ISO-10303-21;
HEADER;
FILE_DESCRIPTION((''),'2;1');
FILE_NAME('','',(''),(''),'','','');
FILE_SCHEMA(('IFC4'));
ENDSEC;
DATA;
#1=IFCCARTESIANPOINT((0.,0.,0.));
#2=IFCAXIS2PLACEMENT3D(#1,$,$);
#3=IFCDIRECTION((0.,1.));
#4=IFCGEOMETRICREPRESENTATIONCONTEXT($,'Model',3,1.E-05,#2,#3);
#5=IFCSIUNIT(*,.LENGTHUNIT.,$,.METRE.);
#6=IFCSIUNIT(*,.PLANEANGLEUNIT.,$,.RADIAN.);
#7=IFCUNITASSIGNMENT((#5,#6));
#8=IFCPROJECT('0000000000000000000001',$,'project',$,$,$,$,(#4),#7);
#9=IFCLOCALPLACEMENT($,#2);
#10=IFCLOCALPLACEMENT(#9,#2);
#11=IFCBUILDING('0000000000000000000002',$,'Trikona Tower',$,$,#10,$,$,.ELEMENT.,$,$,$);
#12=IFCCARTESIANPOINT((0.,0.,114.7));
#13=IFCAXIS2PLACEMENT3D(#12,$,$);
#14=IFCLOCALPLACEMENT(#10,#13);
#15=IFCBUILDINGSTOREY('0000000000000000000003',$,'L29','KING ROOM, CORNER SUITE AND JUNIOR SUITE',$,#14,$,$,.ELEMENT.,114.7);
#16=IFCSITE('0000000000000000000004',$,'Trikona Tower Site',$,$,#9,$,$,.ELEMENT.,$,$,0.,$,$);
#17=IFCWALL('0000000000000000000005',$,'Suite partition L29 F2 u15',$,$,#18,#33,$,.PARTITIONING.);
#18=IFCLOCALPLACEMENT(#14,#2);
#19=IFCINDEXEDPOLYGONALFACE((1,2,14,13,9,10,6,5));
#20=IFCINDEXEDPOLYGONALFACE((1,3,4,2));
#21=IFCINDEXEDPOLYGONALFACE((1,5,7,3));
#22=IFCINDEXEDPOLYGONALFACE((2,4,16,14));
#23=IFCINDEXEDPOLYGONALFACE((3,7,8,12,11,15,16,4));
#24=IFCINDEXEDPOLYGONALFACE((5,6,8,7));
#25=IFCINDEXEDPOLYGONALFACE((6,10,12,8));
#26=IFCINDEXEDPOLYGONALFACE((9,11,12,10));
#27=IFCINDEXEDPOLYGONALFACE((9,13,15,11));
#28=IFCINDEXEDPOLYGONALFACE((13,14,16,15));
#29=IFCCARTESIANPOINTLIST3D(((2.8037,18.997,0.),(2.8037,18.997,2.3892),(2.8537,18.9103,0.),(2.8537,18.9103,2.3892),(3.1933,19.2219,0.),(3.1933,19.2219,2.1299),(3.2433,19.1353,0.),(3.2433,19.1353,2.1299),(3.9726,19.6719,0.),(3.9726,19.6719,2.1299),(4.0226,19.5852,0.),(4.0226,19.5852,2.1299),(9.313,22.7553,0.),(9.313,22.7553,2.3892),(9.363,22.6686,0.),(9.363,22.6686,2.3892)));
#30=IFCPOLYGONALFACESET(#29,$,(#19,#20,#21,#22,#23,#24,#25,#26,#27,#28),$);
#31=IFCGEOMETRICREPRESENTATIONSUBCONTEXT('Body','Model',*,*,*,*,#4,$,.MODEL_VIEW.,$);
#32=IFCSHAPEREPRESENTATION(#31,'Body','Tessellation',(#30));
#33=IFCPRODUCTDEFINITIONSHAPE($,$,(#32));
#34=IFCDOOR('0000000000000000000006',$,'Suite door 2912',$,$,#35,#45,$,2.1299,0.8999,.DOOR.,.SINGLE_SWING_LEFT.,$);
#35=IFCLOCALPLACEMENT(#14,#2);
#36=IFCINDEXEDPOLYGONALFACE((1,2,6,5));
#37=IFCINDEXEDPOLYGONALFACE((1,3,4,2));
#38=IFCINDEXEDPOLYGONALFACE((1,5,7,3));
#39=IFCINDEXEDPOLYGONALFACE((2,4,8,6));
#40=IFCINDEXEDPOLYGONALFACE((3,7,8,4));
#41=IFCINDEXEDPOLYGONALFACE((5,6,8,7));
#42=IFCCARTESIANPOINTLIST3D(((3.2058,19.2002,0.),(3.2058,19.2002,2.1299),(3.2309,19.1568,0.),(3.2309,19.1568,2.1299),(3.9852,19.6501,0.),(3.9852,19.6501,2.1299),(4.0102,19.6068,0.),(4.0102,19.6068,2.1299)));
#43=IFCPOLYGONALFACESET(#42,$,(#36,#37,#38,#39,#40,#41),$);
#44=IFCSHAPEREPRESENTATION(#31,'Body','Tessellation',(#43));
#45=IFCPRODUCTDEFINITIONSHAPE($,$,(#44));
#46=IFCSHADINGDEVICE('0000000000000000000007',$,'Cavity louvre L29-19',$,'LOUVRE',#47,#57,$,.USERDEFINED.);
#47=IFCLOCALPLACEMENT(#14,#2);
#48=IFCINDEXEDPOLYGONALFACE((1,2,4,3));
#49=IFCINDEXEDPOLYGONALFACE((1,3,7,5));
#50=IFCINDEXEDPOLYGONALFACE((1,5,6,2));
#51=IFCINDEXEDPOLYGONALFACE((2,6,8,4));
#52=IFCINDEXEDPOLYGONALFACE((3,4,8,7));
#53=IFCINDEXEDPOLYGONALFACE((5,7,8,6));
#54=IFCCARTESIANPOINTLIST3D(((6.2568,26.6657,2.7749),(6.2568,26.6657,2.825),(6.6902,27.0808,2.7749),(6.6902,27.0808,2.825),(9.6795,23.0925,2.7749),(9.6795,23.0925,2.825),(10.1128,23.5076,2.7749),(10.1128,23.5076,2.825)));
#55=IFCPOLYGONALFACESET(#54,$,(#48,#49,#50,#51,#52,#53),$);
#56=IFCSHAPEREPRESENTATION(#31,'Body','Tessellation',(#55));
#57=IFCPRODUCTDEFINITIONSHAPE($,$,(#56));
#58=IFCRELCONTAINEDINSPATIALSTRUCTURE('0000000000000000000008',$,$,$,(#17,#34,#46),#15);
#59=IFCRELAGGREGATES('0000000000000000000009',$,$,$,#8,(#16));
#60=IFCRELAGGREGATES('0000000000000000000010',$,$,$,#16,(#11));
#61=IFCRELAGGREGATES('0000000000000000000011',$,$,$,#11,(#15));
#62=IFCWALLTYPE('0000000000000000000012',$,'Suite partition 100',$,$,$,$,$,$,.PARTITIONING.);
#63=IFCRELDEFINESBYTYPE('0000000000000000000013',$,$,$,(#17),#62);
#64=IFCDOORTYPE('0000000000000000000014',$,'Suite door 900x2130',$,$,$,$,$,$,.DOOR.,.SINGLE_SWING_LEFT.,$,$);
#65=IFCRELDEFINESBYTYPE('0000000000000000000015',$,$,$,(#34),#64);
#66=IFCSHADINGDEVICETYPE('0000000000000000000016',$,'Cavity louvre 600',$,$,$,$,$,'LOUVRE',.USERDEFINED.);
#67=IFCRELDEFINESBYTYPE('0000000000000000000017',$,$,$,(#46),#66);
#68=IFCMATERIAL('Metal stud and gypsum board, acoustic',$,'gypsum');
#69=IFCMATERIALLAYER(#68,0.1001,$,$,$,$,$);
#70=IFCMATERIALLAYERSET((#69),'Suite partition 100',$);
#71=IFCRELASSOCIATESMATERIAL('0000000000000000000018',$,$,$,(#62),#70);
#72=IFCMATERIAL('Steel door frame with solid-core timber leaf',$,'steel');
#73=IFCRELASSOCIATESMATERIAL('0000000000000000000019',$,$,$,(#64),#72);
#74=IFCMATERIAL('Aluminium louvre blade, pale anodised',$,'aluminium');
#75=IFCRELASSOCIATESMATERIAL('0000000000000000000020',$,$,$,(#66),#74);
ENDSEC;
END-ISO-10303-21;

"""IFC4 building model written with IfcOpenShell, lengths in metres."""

from ifc_helpers import new_model, si_unit, direction, frame, frame_2d, origin, origin_2d, place, context, subcontext, project, spatial, rectangle, extrude, material, layer, layer_set, type_object, element, fill, save


model = new_model("IFC4")

# Units and contexts
model_context = context("Model", 3, precision=1e-05, world=origin(), true_north=direction((0.0, 1.0)))
body_context = subcontext(model_context, "Body", "Model", "MODEL_VIEW")
ifc_project = project(units=[si_unit("LENGTHUNIT", "METRE"), si_unit("PLANEANGLEUNIT", "RADIAN")], contexts=[model_context])

# Site, building, storey
site_placement = place(None, origin())
site = spatial("IfcSite", under=ifc_project, at=site_placement, Name="Trikona Tower Site", CompositionType="ELEMENT", RefElevation=0.0)
building_placement = place(site_placement, origin())
building = spatial("IfcBuilding", under=site, at=building_placement, Name="Trikona Tower", CompositionType="ELEMENT")
storey_placement = place(building_placement, frame((0.0, 0.0, 114.7)))
storey = spatial("IfcBuildingStorey", under=building, at=storey_placement, Name="L29", Description="KING ROOM, CORNER SUITE AND JUNIOR SUITE", CompositionType="ELEMENT", Elevation=114.7)

# Wall, opening, door
ifc_material_1 = material(Name="Metal stud and gypsum board, acoustic", Category="gypsum")
ifc_layer_1 = layer(ifc_material_1, 0.1001)
ifc_layer_set_1 = layer_set([ifc_layer_1], Name="Suite partition 100")
wall_type_1 = type_object("IfcWallType", Name="Suite partition 100", PredefinedType="PARTITIONING", material=ifc_layer_set_1)
wall_1_placement = place(storey_placement, frame((2.8286, 18.9536, 0.0), z_axis=(0.0, 0.0, 1.0), x_axis=(0.866016, 0.500017, 0.0)))
wall_1 = element("IfcWall", 1, at=wall_1_placement, inside=storey, type_object=wall_type_1, Name="Suite partition L29 F2 u15", PredefinedType="PARTITIONING", context=body_context, shape_type="SweptSolid", body=[
    extrude(rectangle(XDim=7.5164, YDim=0.1001, at=frame_2d((3.7583, 0.0))), origin(), (0.0, 0.0, 1.0), 2.3892),
])
opening_1_placement = place(wall_1_placement, frame((0.45, 0.0, 0.0)))
opening_1 = element("IfcOpeningElement", 2, at=opening_1_placement, cuts=wall_1, PredefinedType="OPENING", context=body_context, shape_type="SweptSolid", body=[
    extrude(rectangle(XDim=0.8999, YDim=2.1299, at=frame_2d((0.45, 1.0649))), frame((0.0, 0.0601, 0.0), z_axis=(0.0, -1.0, 0.0), x_axis=(1.0, 0.0, 0.0)), (0.0, 0.0, 1.0), 0.1201),
])
ifc_material_2 = material(Name="Steel door frame with solid-core timber leaf", Category="steel")
door_type_1 = type_object("IfcDoorType", Name="Suite door 900x2130", OperationType="SINGLE_SWING_LEFT", PredefinedType="DOOR", material=ifc_material_2)
door_1_placement = place(opening_1_placement, origin())
door_1 = element("IfcDoor", 3, at=door_1_placement, inside=storey, type_object=door_type_1, Name="Suite door 2912", OperationType="SINGLE_SWING_LEFT", OverallHeight=2.1299, OverallWidth=0.8999, PredefinedType="DOOR", context=body_context, shape_type="SweptSolid", body=[
    extrude(rectangle(XDim=0.8999, YDim=2.1299, at=frame_2d((0.45, 1.0649))), frame((0.0, 0.0249, 0.0), z_axis=(0.0, -1.0, 0.0), x_axis=(1.0, 0.0, 0.0)), (0.0, 0.0, 1.0), 0.05),
])
fill(opening_1, door_1)

# Shading device
ifc_material_3 = material(Name="Aluminium louvre blade, pale anodised", Category="aluminium")
shading_device_type = type_object("IfcShadingDeviceType", Name="Cavity louvre 600", ElementType="LOUVRE", PredefinedType="USERDEFINED", material=ifc_material_3)
shading_device_placement = place(storey_placement, frame((8.1848, 25.0867, 2.7749), z_axis=(0.0, 0.0, 1.0), x_axis=(-0.691724, 0.722162, 0.0)))
element("IfcShadingDevice", 4, at=shading_device_placement, inside=storey, type_object=shading_device_type, Name="Cavity louvre L29-19", ObjectType="LOUVRE", PredefinedType="USERDEFINED", context=body_context, shape_type="SweptSolid", body=[
    extrude(rectangle(XDim=4.948, YDim=0.6001, at=origin_2d()), origin(), (0.0, 0.0, 1.0), 0.05),
])

save(model, "model.ifc")
